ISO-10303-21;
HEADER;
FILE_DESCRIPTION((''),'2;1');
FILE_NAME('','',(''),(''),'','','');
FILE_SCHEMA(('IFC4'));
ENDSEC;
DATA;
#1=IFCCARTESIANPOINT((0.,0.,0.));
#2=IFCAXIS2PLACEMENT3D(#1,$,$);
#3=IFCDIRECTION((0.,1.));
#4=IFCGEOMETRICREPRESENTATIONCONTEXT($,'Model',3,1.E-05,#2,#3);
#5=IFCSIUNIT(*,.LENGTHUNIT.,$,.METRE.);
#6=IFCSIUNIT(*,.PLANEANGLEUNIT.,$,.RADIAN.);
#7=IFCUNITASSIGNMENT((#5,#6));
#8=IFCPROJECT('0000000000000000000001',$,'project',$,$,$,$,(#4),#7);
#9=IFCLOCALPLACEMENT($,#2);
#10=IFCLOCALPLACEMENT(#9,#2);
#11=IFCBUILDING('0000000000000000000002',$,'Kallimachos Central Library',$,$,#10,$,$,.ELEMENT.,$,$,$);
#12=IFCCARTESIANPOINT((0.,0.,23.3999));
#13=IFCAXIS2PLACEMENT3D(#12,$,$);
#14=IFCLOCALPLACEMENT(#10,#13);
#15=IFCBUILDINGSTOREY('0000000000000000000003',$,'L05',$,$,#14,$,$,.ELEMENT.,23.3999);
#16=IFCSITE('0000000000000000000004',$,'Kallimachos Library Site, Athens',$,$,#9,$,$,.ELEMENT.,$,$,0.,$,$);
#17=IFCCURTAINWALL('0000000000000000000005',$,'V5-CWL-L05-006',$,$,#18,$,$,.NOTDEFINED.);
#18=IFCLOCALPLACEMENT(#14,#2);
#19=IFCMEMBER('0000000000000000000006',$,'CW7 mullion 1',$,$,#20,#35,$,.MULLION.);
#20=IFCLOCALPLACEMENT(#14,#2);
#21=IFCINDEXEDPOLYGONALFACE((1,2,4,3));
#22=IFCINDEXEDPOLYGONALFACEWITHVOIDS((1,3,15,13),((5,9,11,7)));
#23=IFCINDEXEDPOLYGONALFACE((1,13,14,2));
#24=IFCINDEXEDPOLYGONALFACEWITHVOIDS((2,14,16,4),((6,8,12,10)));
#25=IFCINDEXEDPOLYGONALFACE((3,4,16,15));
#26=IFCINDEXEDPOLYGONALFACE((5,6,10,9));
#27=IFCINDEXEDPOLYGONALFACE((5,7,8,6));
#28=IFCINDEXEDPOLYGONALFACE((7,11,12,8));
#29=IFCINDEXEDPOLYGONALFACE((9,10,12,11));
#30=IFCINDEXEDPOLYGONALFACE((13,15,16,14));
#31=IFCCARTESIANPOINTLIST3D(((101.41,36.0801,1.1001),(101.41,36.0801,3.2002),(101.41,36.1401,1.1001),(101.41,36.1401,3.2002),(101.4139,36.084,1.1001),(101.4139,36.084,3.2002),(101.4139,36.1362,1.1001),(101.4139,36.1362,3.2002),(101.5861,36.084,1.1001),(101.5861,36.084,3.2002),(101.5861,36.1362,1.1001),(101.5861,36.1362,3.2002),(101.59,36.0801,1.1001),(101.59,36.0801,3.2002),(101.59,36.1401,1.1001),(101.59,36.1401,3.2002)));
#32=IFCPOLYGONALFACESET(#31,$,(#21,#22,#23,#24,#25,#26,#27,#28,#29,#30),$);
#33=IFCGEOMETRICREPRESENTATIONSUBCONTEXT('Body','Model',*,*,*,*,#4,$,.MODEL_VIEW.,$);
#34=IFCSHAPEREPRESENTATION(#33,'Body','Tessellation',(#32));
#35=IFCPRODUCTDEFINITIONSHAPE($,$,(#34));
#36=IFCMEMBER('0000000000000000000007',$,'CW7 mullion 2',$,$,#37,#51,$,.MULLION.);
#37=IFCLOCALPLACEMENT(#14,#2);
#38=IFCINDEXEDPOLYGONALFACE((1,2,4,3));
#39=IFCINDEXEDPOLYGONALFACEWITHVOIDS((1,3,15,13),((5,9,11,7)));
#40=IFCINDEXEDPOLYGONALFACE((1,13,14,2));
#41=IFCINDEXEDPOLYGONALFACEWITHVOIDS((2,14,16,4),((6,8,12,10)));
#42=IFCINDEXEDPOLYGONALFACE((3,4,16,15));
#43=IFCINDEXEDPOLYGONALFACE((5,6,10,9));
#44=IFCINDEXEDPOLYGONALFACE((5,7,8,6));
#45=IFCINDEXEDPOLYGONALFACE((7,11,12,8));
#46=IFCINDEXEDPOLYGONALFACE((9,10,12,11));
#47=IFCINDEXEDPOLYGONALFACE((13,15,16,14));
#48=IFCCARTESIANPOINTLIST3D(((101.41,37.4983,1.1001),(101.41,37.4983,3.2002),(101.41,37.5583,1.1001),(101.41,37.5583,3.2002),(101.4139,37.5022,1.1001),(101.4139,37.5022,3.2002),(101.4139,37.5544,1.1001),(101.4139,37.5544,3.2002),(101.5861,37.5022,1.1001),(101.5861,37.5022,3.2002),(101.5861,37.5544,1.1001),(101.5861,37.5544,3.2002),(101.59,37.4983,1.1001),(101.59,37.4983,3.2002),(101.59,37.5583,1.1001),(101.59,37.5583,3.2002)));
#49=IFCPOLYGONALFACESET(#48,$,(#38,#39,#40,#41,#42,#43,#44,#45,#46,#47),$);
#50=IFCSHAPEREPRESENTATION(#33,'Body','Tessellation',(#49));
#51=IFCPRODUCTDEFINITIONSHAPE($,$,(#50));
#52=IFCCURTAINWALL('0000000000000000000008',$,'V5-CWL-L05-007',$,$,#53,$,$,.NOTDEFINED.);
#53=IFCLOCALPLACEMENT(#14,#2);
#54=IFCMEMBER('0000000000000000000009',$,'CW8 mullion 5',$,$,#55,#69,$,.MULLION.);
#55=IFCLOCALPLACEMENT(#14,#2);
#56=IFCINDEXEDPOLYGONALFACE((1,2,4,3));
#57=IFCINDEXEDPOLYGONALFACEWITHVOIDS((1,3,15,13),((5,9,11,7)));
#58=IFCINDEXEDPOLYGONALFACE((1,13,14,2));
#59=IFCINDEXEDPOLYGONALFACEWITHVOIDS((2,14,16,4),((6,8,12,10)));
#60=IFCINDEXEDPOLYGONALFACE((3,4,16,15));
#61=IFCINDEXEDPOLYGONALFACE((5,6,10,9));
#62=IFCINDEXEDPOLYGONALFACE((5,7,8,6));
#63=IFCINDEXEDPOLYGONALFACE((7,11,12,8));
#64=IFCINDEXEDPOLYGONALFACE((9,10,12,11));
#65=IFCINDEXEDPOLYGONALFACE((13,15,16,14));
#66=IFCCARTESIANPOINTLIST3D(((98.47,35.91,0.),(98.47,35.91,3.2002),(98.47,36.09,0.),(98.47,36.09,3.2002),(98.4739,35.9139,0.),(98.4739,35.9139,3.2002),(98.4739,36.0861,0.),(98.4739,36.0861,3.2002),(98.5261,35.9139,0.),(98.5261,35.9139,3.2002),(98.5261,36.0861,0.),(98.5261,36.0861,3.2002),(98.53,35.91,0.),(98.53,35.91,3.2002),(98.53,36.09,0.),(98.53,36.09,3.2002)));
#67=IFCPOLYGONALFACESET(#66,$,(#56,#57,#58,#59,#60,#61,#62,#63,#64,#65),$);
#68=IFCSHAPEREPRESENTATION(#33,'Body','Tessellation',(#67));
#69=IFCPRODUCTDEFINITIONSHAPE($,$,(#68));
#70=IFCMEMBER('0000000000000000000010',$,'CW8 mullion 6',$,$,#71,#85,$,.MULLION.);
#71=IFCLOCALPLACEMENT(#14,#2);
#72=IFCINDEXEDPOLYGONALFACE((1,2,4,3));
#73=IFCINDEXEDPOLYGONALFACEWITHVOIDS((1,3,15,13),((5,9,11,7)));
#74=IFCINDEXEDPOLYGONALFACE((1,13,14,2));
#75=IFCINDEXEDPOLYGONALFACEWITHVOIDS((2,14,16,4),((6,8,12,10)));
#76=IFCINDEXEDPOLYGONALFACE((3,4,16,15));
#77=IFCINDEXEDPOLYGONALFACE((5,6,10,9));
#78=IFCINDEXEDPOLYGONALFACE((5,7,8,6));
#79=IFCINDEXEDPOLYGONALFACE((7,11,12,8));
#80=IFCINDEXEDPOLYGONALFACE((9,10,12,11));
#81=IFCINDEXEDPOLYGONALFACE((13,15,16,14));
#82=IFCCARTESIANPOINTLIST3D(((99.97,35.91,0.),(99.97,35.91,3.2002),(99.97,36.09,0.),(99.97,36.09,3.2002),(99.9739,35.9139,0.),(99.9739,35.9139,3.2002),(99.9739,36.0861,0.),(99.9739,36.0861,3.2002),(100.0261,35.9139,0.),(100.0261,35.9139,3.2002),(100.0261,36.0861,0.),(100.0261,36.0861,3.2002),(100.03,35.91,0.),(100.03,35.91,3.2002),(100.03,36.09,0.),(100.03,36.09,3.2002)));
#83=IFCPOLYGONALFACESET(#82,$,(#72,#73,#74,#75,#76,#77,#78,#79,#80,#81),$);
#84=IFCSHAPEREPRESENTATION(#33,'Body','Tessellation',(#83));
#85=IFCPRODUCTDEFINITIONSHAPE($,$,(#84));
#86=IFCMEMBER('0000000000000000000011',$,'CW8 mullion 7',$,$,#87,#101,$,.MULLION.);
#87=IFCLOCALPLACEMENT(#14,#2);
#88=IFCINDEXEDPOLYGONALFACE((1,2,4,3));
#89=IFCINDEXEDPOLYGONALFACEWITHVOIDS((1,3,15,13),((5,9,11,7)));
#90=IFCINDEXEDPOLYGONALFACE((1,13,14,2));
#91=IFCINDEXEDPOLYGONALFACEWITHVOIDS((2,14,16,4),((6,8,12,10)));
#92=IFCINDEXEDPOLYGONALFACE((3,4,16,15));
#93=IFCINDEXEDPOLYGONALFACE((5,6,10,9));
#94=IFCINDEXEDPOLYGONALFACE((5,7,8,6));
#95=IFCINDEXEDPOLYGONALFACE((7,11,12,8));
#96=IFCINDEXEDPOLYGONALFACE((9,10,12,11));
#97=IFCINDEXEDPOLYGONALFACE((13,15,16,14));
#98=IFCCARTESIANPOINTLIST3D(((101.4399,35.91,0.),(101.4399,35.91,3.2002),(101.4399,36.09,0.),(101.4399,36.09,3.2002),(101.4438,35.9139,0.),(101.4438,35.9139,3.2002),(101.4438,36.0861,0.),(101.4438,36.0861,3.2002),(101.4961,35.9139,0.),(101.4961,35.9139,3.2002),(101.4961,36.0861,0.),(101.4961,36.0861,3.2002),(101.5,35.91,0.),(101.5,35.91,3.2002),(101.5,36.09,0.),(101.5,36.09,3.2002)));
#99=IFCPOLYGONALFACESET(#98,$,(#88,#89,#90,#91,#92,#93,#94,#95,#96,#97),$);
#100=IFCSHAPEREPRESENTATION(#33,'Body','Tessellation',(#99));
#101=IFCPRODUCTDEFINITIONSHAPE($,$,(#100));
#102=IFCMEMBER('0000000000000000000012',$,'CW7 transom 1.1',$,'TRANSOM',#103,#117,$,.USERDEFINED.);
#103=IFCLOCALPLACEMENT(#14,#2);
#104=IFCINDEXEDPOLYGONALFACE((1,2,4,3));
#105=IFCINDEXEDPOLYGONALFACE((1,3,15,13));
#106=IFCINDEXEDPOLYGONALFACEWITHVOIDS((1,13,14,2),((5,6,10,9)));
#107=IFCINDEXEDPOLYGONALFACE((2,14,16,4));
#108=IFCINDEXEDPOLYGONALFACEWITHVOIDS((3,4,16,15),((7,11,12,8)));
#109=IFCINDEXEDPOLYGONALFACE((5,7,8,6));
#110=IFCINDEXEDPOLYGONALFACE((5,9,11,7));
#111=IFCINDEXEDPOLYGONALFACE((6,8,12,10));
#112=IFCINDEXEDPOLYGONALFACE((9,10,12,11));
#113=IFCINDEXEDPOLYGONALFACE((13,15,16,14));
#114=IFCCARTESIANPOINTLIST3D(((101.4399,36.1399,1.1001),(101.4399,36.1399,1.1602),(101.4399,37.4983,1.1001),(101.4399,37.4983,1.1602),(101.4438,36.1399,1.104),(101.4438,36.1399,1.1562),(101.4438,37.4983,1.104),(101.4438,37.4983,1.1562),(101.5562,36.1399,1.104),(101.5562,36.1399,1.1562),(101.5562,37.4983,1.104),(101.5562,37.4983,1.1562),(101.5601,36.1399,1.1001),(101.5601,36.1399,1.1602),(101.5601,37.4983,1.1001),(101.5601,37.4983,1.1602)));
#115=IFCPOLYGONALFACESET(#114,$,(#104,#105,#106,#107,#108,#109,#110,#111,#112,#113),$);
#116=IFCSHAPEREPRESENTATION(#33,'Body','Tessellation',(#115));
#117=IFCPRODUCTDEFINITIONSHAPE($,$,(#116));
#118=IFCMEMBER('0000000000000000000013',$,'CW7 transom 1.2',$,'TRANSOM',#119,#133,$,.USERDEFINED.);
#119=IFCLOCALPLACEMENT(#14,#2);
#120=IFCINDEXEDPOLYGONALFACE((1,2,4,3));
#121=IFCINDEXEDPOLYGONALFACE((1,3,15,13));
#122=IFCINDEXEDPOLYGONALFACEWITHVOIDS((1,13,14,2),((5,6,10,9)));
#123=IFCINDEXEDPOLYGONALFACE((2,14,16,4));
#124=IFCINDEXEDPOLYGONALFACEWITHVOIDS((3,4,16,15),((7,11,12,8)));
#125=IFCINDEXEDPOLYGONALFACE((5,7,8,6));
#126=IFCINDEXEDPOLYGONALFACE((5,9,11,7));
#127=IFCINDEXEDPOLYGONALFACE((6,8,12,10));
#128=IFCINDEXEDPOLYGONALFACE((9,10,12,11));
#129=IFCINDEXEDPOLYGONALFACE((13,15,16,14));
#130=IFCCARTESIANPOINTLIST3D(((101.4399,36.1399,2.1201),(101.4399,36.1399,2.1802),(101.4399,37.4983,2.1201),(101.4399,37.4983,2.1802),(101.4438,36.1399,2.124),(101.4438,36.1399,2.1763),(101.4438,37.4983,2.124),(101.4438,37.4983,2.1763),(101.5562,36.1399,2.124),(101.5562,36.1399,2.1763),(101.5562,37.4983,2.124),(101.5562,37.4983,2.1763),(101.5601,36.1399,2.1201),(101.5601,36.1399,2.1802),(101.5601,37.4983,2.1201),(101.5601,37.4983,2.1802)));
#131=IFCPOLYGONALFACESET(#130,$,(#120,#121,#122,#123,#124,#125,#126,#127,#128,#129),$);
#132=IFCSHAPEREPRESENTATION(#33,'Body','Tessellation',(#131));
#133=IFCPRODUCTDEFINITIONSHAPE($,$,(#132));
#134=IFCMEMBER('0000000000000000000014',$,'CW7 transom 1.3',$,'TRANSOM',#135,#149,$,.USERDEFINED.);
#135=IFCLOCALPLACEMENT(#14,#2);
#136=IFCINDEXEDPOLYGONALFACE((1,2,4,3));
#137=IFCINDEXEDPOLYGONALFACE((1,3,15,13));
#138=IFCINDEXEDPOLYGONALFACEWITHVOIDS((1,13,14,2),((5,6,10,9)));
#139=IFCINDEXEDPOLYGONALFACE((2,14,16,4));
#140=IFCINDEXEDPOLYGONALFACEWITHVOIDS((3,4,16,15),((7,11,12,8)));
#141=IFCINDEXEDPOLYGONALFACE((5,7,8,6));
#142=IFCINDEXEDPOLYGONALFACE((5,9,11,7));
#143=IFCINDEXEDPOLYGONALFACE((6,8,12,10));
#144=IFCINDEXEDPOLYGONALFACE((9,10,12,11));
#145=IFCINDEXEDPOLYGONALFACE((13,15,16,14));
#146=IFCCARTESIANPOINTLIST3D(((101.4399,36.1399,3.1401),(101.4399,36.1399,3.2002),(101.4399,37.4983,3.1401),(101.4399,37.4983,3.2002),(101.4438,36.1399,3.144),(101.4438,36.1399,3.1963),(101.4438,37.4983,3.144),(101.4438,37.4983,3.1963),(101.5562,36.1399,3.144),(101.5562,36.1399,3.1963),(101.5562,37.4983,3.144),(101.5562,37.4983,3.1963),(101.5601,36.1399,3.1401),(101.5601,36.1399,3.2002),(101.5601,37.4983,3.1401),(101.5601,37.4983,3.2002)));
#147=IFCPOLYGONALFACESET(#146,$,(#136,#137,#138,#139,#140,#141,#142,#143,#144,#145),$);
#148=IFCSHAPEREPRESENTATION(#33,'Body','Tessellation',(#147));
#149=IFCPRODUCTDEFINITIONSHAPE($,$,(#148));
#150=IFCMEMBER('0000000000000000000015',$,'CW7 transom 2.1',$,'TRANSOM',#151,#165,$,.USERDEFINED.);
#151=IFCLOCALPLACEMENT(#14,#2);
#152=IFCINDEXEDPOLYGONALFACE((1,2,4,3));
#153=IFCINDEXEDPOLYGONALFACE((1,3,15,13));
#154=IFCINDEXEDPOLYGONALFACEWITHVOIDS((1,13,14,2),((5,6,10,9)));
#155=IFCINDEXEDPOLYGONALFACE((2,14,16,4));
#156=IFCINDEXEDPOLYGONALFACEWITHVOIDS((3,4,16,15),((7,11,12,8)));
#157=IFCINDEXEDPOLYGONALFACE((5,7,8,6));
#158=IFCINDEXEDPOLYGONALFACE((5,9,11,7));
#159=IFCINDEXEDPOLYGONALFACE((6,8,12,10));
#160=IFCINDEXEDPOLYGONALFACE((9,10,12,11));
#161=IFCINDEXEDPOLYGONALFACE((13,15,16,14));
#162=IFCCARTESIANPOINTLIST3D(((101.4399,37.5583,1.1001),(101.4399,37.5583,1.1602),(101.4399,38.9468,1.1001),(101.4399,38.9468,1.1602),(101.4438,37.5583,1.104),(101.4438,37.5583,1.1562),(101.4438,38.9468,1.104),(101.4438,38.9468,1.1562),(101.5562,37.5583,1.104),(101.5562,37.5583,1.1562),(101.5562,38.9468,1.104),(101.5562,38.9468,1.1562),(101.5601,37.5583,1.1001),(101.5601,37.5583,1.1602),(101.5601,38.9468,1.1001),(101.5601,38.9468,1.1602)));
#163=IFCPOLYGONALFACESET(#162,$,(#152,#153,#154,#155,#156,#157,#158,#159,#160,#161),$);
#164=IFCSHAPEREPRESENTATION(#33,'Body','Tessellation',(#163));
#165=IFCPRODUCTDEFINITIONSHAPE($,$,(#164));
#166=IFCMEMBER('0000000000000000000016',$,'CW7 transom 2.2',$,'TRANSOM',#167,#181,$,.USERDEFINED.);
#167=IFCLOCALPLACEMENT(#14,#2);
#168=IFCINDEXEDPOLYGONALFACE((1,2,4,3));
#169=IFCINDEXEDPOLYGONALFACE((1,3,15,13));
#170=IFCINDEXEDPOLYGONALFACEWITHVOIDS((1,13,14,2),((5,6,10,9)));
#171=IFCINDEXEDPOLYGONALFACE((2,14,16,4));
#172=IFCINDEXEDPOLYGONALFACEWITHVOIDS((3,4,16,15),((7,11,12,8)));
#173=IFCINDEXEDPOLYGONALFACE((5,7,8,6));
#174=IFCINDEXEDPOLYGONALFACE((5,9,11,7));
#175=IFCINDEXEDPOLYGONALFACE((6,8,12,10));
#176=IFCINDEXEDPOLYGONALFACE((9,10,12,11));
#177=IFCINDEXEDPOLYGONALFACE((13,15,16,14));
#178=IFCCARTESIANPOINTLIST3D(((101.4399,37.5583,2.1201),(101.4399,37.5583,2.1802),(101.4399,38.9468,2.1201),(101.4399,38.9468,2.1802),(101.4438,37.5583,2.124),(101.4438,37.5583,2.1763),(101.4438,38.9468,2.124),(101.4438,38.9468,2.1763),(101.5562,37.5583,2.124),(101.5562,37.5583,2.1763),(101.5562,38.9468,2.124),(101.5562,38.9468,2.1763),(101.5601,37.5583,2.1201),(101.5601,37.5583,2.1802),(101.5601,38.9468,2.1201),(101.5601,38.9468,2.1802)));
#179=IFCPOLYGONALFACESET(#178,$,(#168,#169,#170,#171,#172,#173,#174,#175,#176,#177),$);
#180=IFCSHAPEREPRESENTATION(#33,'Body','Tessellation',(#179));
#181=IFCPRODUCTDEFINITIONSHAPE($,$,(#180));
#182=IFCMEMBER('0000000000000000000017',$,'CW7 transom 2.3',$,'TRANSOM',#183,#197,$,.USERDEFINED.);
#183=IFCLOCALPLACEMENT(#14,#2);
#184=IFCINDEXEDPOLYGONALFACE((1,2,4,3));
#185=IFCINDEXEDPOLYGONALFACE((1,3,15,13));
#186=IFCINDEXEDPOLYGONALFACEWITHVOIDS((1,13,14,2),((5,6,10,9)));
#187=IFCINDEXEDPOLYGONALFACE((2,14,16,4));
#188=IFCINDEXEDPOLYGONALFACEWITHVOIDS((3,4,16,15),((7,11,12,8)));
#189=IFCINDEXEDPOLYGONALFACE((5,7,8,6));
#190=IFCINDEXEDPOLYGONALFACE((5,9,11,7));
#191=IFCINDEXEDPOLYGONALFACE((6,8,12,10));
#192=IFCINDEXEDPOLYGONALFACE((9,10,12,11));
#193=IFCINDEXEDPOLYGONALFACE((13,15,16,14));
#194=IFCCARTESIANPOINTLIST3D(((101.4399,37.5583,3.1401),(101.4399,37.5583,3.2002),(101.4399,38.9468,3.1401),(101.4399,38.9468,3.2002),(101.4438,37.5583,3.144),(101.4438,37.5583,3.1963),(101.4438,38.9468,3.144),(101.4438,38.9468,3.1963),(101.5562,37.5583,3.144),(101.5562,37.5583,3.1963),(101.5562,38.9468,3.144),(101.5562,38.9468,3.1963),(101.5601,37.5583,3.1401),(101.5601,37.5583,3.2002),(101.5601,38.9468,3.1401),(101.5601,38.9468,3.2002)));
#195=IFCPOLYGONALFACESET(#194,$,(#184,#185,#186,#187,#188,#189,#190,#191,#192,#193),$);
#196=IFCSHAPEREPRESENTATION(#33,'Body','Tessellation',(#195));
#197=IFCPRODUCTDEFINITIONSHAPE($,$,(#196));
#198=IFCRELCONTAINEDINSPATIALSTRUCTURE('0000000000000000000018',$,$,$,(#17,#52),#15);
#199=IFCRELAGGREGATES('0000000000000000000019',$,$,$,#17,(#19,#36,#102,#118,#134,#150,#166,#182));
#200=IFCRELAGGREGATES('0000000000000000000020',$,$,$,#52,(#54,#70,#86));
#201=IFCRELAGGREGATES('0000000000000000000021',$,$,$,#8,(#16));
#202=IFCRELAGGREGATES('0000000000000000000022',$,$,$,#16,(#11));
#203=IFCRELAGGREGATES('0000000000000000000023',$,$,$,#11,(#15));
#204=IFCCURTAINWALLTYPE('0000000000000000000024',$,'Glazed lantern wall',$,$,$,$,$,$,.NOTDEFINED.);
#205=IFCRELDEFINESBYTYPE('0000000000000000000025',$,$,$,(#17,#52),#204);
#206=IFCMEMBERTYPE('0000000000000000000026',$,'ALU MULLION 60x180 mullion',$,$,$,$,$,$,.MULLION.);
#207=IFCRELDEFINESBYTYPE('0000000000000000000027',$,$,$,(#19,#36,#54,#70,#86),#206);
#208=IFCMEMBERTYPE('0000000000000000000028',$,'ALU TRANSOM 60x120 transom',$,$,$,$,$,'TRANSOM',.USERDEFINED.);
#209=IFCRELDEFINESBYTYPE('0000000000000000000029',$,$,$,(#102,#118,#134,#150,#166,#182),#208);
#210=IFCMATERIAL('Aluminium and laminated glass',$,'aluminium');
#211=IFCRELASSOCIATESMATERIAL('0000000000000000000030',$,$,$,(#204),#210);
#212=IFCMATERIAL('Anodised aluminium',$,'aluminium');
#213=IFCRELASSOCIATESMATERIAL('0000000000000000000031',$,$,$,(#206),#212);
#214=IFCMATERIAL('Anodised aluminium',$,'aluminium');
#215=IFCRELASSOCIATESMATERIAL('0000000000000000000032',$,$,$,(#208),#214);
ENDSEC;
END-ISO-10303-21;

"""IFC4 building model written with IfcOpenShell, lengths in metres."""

from ifc_helpers import new_model, si_unit, direction, frame, origin, origin_2d, place, context, subcontext, project, spatial, hollow_rectangle, extrude, material, material_profile, profile_set, type_object, element, aggregate, save


model = new_model("IFC4")

# Units and contexts
model_context = context("Model", 3, precision=1e-05, world=origin(), true_north=direction((0.0, 1.0)))
body_context = subcontext(model_context, "Body", "Model", "MODEL_VIEW")
ifc_project = project(units=[si_unit("LENGTHUNIT", "METRE"), si_unit("PLANEANGLEUNIT", "RADIAN")], contexts=[model_context])

# Site, building, storey
site_placement = place(None, origin())
site = spatial("IfcSite", under=ifc_project, at=site_placement, Name="Kallimachos Library Site, Athens", CompositionType="ELEMENT", RefElevation=0.0)
building_placement = place(site_placement, origin())
building = spatial("IfcBuilding", under=site, at=building_placement, Name="Kallimachos Central Library", CompositionType="ELEMENT")
storey_placement = place(building_placement, frame((0.0, 0.0, 23.3999)))
storey = spatial("IfcBuildingStorey", under=building, at=storey_placement, Name="L05", CompositionType="ELEMENT", Elevation=23.3999)

# Curtain walls, members
ifc_material_1 = material(Name="Aluminium and laminated glass", Category="aluminium")
curtain_wall_type = type_object("IfcCurtainWallType", Name="Glazed lantern wall", PredefinedType="NOTDEFINED", material=ifc_material_1)
curtain_wall_1_placement = place(storey_placement, origin())
curtain_wall_1 = element("IfcCurtainWall", 1, at=curtain_wall_1_placement, inside=storey, type_object=curtain_wall_type, Name="V5-CWL-L05-006", PredefinedType="NOTDEFINED")
ifc_material_2 = material(Name="Anodised aluminium", Category="aluminium")
ifc_material_profile_1 = material_profile(ifc_material_2, hollow_rectangle(XDim=0.0601, YDim=0.1799, WallThickness=0.0039, at=origin_2d()), Name="ALU MULLION 60x180")
ifc_profile_set_1 = profile_set([ifc_material_profile_1], Name="Anodised aluminium")
member_type_1 = type_object("IfcMemberType", Name="ALU MULLION 60x180 mullion", PredefinedType="MULLION", material=ifc_profile_set_1)
member_1_placement = place(storey_placement, frame((101.5, 36.1101, 1.1001), z_axis=(0.0, 0.0, 1.0), x_axis=(0.0, 1.0, 0.0)))
member_1 = element("IfcMember", 2, at=member_1_placement, type_object=member_type_1, Name="CW7 mullion 1", PredefinedType="MULLION", context=body_context, shape_type="SweptSolid", body=[
    extrude(hollow_rectangle(XDim=0.0601, YDim=0.1799, WallThickness=0.0039, at=origin_2d()), origin(), (0.0, 0.0, 1.0), 2.1001),
])
member_2_placement = place(storey_placement, frame((101.5, 37.5283, 1.1001), z_axis=(0.0, 0.0, 1.0), x_axis=(0.0, 1.0, 0.0)))
member_2 = element("IfcMember", 3, at=member_2_placement, type_object=member_type_1, Name="CW7 mullion 2", PredefinedType="MULLION", context=body_context, shape_type="SweptSolid", body=[
    extrude(hollow_rectangle(XDim=0.0601, YDim=0.1799, WallThickness=0.0039, at=origin_2d()), origin(), (0.0, 0.0, 1.0), 2.1001),
])
curtain_wall_2_placement = place(storey_placement, origin())
curtain_wall_2 = element("IfcCurtainWall", 4, at=curtain_wall_2_placement, inside=storey, type_object=curtain_wall_type, Name="V5-CWL-L05-007", PredefinedType="NOTDEFINED")
member_3_placement = place(storey_placement, frame((98.5, 36.0, 0.0), z_axis=(0.0, 0.0, 1.0), x_axis=(1.0, 0.0, 0.0)))
member_3 = element("IfcMember", 5, at=member_3_placement, type_object=member_type_1, Name="CW8 mullion 5", PredefinedType="MULLION", context=body_context, shape_type="SweptSolid", body=[
    extrude(hollow_rectangle(XDim=0.0601, YDim=0.1799, WallThickness=0.0039, at=origin_2d()), origin(), (0.0, 0.0, 1.0), 3.2002),
])
member_4_placement = place(storey_placement, frame((100.0, 36.0, 0.0), z_axis=(0.0, 0.0, 1.0), x_axis=(1.0, 0.0, 0.0)))
member_4 = element("IfcMember", 6, at=member_4_placement, type_object=member_type_1, Name="CW8 mullion 6", PredefinedType="MULLION", context=body_context, shape_type="SweptSolid", body=[
    extrude(hollow_rectangle(XDim=0.0601, YDim=0.1799, WallThickness=0.0039, at=origin_2d()), origin(), (0.0, 0.0, 1.0), 3.2002),
])
member_5_placement = place(storey_placement, frame((101.47, 36.0, 0.0), z_axis=(0.0, 0.0, 1.0), x_axis=(1.0, 0.0, 0.0)))
member_5 = element("IfcMember", 7, at=member_5_placement, type_object=member_type_1, Name="CW8 mullion 7", PredefinedType="MULLION", context=body_context, shape_type="SweptSolid", body=[
    extrude(hollow_rectangle(XDim=0.0601, YDim=0.1799, WallThickness=0.0039, at=origin_2d()), origin(), (0.0, 0.0, 1.0), 3.2002),
])

# Members
ifc_material_3 = material(Name="Anodised aluminium", Category="aluminium")
ifc_material_profile_2 = material_profile(ifc_material_3, hollow_rectangle(XDim=0.0601, YDim=0.1201, WallThickness=0.0039, at=origin_2d()), Name="ALU TRANSOM 60x120")
ifc_profile_set_2 = profile_set([ifc_material_profile_2], Name="Anodised aluminium")
member_type_2 = type_object("IfcMemberType", Name="ALU TRANSOM 60x120 transom", ElementType="TRANSOM", PredefinedType="USERDEFINED", material=ifc_profile_set_2)
member_6_placement = place(storey_placement, frame((101.5, 36.1399, 1.1301), z_axis=(0.0, 1.0, 0.0), x_axis=(0.0, 0.0, 1.0)))
member_6 = element("IfcMember", 8, at=member_6_placement, type_object=member_type_2, Name="CW7 transom 1.1", ObjectType="TRANSOM", PredefinedType="USERDEFINED", context=body_context, shape_type="SweptSolid", body=[
    extrude(hollow_rectangle(XDim=0.0601, YDim=0.1201, WallThickness=0.0039, at=origin_2d()), origin(), (0.0, 0.0, 1.0), 1.3584),
])
member_7_placement = place(storey_placement, frame((101.5, 36.1399, 2.1501), z_axis=(0.0, 1.0, 0.0), x_axis=(0.0, 0.0, 1.0)))
member_7 = element("IfcMember", 9, at=member_7_placement, type_object=member_type_2, Name="CW7 transom 1.2", ObjectType="TRANSOM", PredefinedType="USERDEFINED", context=body_context, shape_type="SweptSolid", body=[
    extrude(hollow_rectangle(XDim=0.0601, YDim=0.1201, WallThickness=0.0039, at=origin_2d()), origin(), (0.0, 0.0, 1.0), 1.3584),
])
member_8_placement = place(storey_placement, frame((101.5, 36.1399, 3.1702), z_axis=(0.0, 1.0, 0.0), x_axis=(0.0, 0.0, 1.0)))
member_8 = element("IfcMember", 10, at=member_8_placement, type_object=member_type_2, Name="CW7 transom 1.3", ObjectType="TRANSOM", PredefinedType="USERDEFINED", context=body_context, shape_type="SweptSolid", body=[
    extrude(hollow_rectangle(XDim=0.0601, YDim=0.1201, WallThickness=0.0039, at=origin_2d()), origin(), (0.0, 0.0, 1.0), 1.3584),
])
member_9_placement = place(storey_placement, frame((101.5, 37.5583, 1.1301), z_axis=(0.0, 1.0, 0.0), x_axis=(0.0, 0.0, 1.0)))
member_9 = element("IfcMember", 11, at=member_9_placement, type_object=member_type_2, Name="CW7 transom 2.1", ObjectType="TRANSOM", PredefinedType="USERDEFINED", context=body_context, shape_type="SweptSolid", body=[
    extrude(hollow_rectangle(XDim=0.0601, YDim=0.1201, WallThickness=0.0039, at=origin_2d()), origin(), (0.0, 0.0, 1.0), 1.3884),
])
member_10_placement = place(storey_placement, frame((101.5, 37.5583, 2.1501), z_axis=(0.0, 1.0, 0.0), x_axis=(0.0, 0.0, 1.0)))
member_10 = element("IfcMember", 12, at=member_10_placement, type_object=member_type_2, Name="CW7 transom 2.2", ObjectType="TRANSOM", PredefinedType="USERDEFINED", context=body_context, shape_type="SweptSolid", body=[
    extrude(hollow_rectangle(XDim=0.0601, YDim=0.1201, WallThickness=0.0039, at=origin_2d()), origin(), (0.0, 0.0, 1.0), 1.3884),
])
member_11_placement = place(storey_placement, frame((101.5, 37.5583, 3.1702), z_axis=(0.0, 1.0, 0.0), x_axis=(0.0, 0.0, 1.0)))
member_11 = element("IfcMember", 13, at=member_11_placement, type_object=member_type_2, Name="CW7 transom 2.3", ObjectType="TRANSOM", PredefinedType="USERDEFINED", context=body_context, shape_type="SweptSolid", body=[
    extrude(hollow_rectangle(XDim=0.0601, YDim=0.1201, WallThickness=0.0039, at=origin_2d()), origin(), (0.0, 0.0, 1.0), 1.3884),
])

aggregate(curtain_wall_1, [member_1, member_2, member_6, member_7, member_8, member_9, member_10, member_11])
aggregate(curtain_wall_2, [member_3, member_4, member_5])

save(model, "model.ifc")
